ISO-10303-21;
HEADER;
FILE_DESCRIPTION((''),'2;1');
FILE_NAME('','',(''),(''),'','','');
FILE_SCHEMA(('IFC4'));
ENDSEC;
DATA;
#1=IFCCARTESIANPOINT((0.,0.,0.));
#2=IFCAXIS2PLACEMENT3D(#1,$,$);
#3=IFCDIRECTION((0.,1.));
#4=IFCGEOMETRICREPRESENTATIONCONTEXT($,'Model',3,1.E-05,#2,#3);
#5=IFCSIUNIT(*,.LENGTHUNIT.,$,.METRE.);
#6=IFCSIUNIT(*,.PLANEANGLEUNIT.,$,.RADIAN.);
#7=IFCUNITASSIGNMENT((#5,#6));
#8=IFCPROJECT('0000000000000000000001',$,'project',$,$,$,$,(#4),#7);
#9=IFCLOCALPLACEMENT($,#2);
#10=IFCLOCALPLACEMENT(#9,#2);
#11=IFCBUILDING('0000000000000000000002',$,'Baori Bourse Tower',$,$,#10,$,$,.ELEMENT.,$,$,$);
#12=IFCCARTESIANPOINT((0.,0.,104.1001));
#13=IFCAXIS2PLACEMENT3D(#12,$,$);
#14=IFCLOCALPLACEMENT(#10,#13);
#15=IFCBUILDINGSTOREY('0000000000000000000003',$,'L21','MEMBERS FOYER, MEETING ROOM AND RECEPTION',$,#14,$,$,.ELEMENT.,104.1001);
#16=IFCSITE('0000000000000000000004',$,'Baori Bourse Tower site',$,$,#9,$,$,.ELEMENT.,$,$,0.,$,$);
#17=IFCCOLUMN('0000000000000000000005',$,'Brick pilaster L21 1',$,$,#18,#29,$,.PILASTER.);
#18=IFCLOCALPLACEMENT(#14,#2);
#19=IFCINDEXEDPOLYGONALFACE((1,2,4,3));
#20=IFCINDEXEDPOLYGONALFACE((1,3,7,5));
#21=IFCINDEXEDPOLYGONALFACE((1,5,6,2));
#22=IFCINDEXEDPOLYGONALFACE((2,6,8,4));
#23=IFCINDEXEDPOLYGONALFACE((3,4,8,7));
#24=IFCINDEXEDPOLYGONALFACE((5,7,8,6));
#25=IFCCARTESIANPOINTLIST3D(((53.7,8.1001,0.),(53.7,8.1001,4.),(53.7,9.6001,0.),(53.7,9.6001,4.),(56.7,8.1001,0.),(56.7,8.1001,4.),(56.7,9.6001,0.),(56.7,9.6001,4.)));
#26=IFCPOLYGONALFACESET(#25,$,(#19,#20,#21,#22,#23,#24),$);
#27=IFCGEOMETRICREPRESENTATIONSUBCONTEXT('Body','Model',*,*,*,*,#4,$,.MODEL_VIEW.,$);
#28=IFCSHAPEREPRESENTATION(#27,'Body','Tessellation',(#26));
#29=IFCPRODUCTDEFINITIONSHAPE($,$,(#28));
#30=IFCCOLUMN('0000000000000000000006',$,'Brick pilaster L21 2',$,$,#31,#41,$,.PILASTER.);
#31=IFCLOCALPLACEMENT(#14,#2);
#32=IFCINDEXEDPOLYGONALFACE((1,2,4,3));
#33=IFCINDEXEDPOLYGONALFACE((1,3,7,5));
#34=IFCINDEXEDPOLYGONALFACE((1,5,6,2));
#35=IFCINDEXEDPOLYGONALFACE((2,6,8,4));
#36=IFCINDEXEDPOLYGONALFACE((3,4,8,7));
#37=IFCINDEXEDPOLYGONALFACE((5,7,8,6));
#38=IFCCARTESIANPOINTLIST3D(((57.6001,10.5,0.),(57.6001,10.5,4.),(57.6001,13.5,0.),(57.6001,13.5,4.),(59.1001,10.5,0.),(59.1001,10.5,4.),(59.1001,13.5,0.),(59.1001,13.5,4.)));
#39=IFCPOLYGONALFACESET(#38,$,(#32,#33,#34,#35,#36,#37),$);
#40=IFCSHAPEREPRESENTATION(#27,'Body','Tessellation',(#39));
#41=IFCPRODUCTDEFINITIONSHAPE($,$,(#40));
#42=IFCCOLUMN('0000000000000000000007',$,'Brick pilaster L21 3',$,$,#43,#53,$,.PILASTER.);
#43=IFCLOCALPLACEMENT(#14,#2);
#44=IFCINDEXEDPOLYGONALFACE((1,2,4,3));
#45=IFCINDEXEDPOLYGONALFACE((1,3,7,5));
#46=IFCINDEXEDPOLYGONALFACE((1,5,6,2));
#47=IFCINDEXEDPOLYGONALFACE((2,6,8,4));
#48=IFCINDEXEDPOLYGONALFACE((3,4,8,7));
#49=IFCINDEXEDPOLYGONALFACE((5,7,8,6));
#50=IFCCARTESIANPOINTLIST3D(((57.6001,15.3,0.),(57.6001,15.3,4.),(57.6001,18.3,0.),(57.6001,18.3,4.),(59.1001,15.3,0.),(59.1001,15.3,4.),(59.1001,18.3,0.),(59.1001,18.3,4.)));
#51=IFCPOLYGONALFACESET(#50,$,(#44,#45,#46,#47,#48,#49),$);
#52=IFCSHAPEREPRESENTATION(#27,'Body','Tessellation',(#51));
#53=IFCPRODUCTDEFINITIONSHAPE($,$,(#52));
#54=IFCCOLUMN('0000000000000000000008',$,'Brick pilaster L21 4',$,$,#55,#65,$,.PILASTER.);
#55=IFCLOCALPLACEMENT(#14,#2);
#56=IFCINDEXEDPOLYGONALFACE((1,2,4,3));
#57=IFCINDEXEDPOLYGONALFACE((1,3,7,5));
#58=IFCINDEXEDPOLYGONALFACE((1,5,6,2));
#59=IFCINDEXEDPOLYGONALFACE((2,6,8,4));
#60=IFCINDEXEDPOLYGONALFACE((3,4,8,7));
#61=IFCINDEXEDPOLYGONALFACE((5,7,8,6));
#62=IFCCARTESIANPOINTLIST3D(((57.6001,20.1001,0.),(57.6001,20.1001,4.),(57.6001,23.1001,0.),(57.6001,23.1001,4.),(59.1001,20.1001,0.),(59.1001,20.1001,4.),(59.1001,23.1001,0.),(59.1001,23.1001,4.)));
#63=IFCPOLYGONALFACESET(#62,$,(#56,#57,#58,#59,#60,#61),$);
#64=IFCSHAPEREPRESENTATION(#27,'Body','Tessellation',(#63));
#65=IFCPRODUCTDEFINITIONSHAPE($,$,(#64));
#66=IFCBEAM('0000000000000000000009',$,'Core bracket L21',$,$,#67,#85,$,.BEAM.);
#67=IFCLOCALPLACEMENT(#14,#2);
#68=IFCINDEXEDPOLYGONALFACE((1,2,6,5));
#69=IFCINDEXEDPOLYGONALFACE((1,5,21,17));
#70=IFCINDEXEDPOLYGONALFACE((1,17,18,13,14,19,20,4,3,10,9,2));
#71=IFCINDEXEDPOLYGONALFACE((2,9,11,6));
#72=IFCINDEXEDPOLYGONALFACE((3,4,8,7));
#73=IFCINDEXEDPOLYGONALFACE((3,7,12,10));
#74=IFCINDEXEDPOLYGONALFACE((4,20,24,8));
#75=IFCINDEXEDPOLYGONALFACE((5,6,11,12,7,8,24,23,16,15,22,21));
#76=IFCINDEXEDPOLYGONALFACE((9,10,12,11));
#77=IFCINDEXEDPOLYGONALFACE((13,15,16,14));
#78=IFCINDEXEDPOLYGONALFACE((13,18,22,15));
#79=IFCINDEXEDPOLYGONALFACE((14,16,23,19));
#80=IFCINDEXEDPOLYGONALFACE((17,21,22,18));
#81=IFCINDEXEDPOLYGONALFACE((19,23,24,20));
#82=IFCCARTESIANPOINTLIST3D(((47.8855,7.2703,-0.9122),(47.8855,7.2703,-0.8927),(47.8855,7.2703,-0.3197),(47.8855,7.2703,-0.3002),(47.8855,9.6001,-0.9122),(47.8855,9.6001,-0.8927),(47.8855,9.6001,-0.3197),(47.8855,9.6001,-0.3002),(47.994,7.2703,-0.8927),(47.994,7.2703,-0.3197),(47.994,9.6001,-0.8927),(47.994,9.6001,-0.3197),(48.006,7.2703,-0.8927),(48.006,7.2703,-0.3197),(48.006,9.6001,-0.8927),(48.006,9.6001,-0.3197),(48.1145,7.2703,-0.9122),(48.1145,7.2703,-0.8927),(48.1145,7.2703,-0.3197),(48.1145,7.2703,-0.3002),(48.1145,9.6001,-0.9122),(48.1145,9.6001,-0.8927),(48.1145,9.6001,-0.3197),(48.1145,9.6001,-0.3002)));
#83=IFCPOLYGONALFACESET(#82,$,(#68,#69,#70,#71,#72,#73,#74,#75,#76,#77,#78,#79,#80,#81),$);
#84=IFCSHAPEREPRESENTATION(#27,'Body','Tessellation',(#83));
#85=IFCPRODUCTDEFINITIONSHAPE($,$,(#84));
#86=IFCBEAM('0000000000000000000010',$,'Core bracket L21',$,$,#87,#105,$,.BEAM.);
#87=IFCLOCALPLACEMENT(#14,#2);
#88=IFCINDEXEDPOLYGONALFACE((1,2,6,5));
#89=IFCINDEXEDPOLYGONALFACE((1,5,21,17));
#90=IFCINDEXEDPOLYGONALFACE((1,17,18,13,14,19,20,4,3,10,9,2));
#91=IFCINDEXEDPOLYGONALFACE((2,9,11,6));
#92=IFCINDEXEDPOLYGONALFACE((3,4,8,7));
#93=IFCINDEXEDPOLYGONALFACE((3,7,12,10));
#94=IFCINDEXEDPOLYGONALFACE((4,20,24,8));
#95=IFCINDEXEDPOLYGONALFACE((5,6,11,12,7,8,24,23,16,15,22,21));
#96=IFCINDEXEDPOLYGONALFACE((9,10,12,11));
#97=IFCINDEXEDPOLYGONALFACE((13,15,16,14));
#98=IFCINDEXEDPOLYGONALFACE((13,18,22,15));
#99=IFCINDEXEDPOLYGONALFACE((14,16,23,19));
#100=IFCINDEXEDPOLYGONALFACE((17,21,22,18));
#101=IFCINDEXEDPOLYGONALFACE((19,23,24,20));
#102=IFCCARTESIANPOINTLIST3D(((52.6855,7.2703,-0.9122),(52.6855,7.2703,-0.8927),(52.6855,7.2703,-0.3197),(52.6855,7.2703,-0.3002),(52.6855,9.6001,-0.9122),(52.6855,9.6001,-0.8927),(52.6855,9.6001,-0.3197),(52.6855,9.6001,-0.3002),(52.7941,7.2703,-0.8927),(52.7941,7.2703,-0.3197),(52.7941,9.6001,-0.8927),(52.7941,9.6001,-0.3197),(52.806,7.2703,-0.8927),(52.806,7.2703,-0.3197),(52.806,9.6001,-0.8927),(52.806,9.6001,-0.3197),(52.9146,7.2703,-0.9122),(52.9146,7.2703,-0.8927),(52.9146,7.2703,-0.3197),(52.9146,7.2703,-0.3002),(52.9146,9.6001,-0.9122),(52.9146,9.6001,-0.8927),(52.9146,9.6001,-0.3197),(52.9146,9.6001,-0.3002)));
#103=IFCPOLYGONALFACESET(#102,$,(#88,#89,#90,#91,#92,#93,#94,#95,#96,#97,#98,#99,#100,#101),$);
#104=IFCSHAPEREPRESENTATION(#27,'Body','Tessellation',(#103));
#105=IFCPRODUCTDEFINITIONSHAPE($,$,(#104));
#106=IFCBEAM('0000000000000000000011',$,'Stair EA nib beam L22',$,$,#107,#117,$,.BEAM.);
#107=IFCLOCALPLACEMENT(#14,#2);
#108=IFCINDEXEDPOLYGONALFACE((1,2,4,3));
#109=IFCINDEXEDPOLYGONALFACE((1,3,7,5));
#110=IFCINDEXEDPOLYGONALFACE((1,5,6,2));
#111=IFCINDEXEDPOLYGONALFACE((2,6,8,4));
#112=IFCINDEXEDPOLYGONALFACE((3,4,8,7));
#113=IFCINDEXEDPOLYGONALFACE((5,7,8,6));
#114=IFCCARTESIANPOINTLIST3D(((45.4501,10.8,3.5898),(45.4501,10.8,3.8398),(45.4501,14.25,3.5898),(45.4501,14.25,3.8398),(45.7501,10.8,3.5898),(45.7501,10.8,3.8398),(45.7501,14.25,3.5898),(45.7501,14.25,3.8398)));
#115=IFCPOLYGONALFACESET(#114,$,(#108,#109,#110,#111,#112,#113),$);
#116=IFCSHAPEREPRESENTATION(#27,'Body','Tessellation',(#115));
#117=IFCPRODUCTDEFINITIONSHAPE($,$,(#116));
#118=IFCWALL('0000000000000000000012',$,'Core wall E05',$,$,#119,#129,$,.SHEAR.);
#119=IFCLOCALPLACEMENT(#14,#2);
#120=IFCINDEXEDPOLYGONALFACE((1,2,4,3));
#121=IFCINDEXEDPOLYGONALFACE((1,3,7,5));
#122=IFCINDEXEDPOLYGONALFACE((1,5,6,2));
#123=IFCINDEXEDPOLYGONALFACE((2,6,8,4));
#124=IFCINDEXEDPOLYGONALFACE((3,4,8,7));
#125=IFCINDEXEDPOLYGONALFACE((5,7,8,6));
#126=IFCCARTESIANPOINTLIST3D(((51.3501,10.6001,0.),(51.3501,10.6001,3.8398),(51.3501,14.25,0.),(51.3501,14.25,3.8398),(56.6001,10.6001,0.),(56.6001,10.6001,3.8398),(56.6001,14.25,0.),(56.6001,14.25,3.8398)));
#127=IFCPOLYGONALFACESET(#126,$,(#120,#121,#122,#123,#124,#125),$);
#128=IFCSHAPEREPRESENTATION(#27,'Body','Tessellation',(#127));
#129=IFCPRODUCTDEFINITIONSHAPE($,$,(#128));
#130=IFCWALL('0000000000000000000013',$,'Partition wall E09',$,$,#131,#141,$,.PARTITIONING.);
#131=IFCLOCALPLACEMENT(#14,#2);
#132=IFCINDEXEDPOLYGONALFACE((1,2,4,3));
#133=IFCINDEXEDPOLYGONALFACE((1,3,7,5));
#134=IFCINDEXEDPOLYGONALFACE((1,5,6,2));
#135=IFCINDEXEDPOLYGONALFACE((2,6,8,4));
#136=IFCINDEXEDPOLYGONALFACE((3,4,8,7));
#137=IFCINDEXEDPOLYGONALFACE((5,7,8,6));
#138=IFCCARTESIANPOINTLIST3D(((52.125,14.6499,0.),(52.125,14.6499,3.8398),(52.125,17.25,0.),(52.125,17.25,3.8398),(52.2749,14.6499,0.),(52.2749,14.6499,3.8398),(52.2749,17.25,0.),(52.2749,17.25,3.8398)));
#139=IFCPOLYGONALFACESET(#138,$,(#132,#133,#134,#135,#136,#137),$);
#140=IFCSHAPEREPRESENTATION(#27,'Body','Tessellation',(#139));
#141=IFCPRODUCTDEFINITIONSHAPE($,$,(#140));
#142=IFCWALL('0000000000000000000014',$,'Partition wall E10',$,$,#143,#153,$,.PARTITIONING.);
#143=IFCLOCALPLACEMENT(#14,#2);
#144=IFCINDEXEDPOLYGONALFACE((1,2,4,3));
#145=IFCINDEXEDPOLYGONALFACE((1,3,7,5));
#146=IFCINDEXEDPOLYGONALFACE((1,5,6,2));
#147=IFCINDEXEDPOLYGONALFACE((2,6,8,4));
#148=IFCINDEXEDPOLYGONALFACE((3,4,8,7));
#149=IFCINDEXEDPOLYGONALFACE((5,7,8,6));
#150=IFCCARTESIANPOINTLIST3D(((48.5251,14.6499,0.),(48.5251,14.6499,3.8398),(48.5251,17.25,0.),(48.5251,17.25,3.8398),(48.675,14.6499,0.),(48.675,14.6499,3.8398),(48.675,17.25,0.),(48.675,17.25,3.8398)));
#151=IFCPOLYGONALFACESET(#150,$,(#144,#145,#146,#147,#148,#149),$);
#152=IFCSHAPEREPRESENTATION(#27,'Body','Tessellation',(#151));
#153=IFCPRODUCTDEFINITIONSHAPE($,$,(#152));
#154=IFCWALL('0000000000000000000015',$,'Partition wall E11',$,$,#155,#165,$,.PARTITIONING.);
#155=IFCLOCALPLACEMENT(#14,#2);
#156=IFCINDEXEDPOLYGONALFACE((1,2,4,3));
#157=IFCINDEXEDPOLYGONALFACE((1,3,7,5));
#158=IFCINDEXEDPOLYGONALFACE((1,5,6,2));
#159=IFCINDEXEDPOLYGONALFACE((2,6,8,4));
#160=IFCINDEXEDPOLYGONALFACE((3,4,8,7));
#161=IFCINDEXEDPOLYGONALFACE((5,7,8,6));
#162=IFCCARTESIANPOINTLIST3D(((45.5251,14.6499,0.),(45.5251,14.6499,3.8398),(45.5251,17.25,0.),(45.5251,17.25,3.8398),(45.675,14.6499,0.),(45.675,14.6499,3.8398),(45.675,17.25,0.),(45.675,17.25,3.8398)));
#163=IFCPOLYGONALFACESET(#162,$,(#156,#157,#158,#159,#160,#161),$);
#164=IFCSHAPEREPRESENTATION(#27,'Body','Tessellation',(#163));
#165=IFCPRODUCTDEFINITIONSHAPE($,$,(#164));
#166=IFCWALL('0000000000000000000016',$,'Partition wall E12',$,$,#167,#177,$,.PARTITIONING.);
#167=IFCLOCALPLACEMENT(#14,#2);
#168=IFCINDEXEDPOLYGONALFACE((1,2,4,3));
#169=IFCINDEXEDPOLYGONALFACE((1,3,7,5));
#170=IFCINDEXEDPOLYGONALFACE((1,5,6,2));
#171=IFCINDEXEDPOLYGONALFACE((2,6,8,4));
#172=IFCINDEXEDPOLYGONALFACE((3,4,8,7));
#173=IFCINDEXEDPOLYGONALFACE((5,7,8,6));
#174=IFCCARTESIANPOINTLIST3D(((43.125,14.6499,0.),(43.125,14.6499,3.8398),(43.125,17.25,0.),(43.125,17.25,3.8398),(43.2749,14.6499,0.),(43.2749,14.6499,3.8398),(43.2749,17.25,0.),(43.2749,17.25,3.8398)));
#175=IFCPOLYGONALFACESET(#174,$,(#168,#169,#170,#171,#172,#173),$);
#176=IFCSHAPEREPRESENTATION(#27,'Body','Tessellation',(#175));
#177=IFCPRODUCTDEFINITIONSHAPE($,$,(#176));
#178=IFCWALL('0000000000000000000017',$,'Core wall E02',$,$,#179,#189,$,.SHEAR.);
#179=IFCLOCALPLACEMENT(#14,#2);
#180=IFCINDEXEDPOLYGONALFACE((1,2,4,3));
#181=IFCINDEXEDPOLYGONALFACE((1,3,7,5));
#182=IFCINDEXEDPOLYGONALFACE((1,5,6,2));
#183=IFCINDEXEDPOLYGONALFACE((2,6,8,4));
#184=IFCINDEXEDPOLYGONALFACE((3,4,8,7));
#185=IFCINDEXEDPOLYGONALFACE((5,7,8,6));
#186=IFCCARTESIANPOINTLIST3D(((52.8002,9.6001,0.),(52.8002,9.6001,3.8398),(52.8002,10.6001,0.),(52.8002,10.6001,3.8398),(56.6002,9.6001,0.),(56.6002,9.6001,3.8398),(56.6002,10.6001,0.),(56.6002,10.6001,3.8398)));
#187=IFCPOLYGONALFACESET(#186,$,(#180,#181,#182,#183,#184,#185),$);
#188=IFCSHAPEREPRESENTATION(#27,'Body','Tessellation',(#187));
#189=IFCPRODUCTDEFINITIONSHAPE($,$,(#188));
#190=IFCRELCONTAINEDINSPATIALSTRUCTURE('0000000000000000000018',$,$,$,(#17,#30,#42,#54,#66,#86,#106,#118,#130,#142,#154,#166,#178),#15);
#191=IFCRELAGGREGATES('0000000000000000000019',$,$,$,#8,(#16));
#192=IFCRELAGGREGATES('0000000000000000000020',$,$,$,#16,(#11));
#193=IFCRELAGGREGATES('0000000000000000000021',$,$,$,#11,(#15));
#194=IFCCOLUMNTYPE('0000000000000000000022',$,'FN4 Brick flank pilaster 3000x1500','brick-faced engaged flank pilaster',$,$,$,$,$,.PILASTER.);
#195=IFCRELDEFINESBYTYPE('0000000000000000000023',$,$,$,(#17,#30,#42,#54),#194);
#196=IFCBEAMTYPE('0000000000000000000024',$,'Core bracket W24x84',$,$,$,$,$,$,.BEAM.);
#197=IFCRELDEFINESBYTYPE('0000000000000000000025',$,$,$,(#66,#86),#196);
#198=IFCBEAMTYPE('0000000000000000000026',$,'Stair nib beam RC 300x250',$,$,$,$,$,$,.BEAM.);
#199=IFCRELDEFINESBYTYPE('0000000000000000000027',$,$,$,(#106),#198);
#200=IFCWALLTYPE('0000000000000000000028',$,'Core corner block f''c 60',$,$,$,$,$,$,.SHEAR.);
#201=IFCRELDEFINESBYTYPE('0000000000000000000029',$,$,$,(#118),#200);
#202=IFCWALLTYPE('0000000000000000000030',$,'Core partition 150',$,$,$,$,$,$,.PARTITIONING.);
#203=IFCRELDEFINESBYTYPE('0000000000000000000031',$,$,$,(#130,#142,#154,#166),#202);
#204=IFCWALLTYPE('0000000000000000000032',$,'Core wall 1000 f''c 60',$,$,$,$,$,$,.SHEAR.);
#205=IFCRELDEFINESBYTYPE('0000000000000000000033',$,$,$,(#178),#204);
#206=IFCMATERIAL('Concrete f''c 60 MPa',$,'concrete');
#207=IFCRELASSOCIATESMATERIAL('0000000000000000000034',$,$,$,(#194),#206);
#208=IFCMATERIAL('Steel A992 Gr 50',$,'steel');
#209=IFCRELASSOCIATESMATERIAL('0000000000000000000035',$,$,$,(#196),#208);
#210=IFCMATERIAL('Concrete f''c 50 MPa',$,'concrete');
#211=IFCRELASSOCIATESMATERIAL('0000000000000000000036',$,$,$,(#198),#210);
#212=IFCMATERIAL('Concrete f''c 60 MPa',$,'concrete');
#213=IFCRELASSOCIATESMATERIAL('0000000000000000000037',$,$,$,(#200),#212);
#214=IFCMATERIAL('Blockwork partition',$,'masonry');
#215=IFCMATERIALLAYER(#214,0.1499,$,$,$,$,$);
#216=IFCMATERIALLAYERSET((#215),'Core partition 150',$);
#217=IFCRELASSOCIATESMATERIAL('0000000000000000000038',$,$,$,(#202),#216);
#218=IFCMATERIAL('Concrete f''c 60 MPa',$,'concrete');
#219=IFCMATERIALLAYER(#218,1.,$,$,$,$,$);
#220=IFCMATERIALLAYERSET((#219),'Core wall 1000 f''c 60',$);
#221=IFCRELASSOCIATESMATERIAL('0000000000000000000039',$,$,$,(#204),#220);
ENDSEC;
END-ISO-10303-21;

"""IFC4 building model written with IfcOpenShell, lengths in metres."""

from ifc_helpers import new_model, si_unit, direction, frame, frame_2d, origin, origin_2d, place, context, subcontext, project, spatial, rectangle, i_section, extrude, material, layer, layer_set, material_profile, profile_set, type_object, element, save


model = new_model("IFC4")

# Units and contexts
model_context = context("Model", 3, precision=1e-05, world=origin(), true_north=direction((0.0, 1.0)))
body_context = subcontext(model_context, "Body", "Model", "MODEL_VIEW")
ifc_project = project(units=[si_unit("LENGTHUNIT", "METRE"), si_unit("PLANEANGLEUNIT", "RADIAN")], contexts=[model_context])

# Site, building, storey
site_placement = place(None, origin())
site = spatial("IfcSite", under=ifc_project, at=site_placement, Name="Baori Bourse Tower site", CompositionType="ELEMENT", RefElevation=0.0)
building_placement = place(site_placement, origin())
building = spatial("IfcBuilding", under=site, at=building_placement, Name="Baori Bourse Tower", CompositionType="ELEMENT")
storey_placement = place(building_placement, frame((0.0, 0.0, 104.1001)))
storey = spatial("IfcBuildingStorey", under=building, at=storey_placement, Name="L21", Description="MEMBERS FOYER, MEETING ROOM AND RECEPTION", CompositionType="ELEMENT", Elevation=104.1001)

# Columns
ifc_material_1 = material(Name="Concrete f'c 60 MPa", Category="concrete")
ifc_material_profile_1 = material_profile(ifc_material_1, rectangle(XDim=3.0, YDim=1.5, at=origin_2d()), Name="RC 3000x1500")
ifc_profile_set_1 = profile_set([ifc_material_profile_1], Name="Concrete f'c 60 MPa")
column_type = type_object("IfcColumnType", Name="FN4 Brick flank pilaster 3000x1500", Description="brick-faced engaged flank pilaster", PredefinedType="PILASTER", material=ifc_profile_set_1)
for number, where, z_axis, x_axis, name in (
    (1, (55.2, 8.8501, 0.0), (0.0, 0.0, 1.0), (1.0, 0.0, 0.0), "Brick pilaster L21 1"),
    (2, (58.3501, 12.0, 0.0), (0.0, 0.0, 1.0), (0.0, 1.0, 0.0), "Brick pilaster L21 2"),
    (3, (58.3501, 16.8, 0.0), (0.0, 0.0, 1.0), (0.0, 1.0, 0.0), "Brick pilaster L21 3"),
    (4, (58.3501, 21.6001, 0.0), (0.0, 0.0, 1.0), (0.0, 1.0, 0.0), "Brick pilaster L21 4"),
):
    element("IfcColumn", number, at=place(storey_placement, frame(where, z_axis=z_axis, x_axis=x_axis)), inside=storey, type_object=column_type, Name=name, PredefinedType="PILASTER", context=body_context, shape_type="SweptSolid", body=[
        extrude(rectangle(XDim=3.0, YDim=1.5, at=origin_2d()), origin(), (0.0, 0.0, 1.0), 4.0),
    ])

# Beams
ifc_material_2 = material(Name="Steel A992 Gr 50", Category="steel")
ifc_material_profile_2 = material_profile(ifc_material_2, i_section(OverallWidth=0.229, OverallDepth=0.6121, WebThickness=0.012, FlangeThickness=0.0195, at=origin_2d()), Name="W24x84")
ifc_profile_set_2 = profile_set([ifc_material_profile_2], Name="Steel A992 Gr 50")
beam_type_1 = type_object("IfcBeamType", Name="Core bracket W24x84", PredefinedType="BEAM", material=ifc_profile_set_2)
for number, where, z_axis, x_axis, name in (
    (5, (48.0, 7.2703, -0.6062), (0.0, 1.0, 0.0), (-1.0, 0.0, 0.0), "Core bracket L21"),
    (6, (52.8, 7.2703, -0.6062), (0.0, 1.0, 0.0), (-1.0, 0.0, 0.0), "Core bracket L21"),
):
    element("IfcBeam", number, at=place(storey_placement, frame(where, z_axis=z_axis, x_axis=x_axis)), inside=storey, type_object=beam_type_1, Name=name, PredefinedType="BEAM", context=body_context, shape_type="SweptSolid", body=[
        extrude(i_section(OverallWidth=0.229, OverallDepth=0.6121, WebThickness=0.012, FlangeThickness=0.0195, at=origin_2d()), origin(), (0.0, 0.0, 1.0), 2.3298),
    ])
ifc_material_3 = material(Name="Concrete f'c 50 MPa", Category="concrete")
ifc_material_profile_3 = material_profile(ifc_material_3, rectangle(XDim=0.3, YDim=0.25, at=origin_2d()), Name="RC 300x250")
ifc_profile_set_3 = profile_set([ifc_material_profile_3], Name="Concrete f'c 50 MPa")
beam_type_2 = type_object("IfcBeamType", Name="Stair nib beam RC 300x250", PredefinedType="BEAM", material=ifc_profile_set_3)
beam_placement = place(storey_placement, frame((45.6001, 10.8, 3.7148), z_axis=(0.0, 1.0, 0.0), x_axis=(-1.0, 0.0, 0.0)))
element("IfcBeam", 7, at=beam_placement, inside=storey, type_object=beam_type_2, Name="Stair EA nib beam L22", PredefinedType="BEAM", context=body_context, shape_type="SweptSolid", body=[
    extrude(rectangle(XDim=0.3, YDim=0.25, at=origin_2d()), origin(), (0.0, 0.0, 1.0), 3.45),
])

# Walls
ifc_material_4 = material(Name="Concrete f'c 60 MPa", Category="concrete")
wall_type_1 = type_object("IfcWallType", Name="Core corner block f'c 60", PredefinedType="SHEAR", material=ifc_material_4)
wall_1_placement = place(storey_placement, frame((51.3501, 12.425, 0.0), z_axis=(0.0, 0.0, 1.0), x_axis=(1.0, 0.0, 0.0)))
element("IfcWall", 8, at=wall_1_placement, inside=storey, type_object=wall_type_1, Name="Core wall E05", PredefinedType="SHEAR", context=body_context, shape_type="SweptSolid", body=[
    extrude(rectangle(XDim=5.25, YDim=3.6499, at=frame_2d((2.625, 0.0))), origin(), (0.0, 0.0, 1.0), 3.8398),
])
ifc_material_5 = material(Name="Blockwork partition", Category="masonry")
ifc_layer_1 = layer(ifc_material_5, 0.1499)
ifc_layer_set_1 = layer_set([ifc_layer_1], Name="Core partition 150")
wall_type_2 = type_object("IfcWallType", Name="Core partition 150", PredefinedType="PARTITIONING", material=ifc_layer_set_1)
for number, where, z_axis, x_axis, name in (
    (9, (52.2, 14.6499, 0.0), (0.0, 0.0, 1.0), (0.0, 1.0, 0.0), "Partition wall E09"),
    (10, (48.6001, 14.6499, 0.0), (0.0, 0.0, 1.0), (0.0, 1.0, 0.0), "Partition wall E10"),
    (11, (45.6001, 14.6499, 0.0), (0.0, 0.0, 1.0), (0.0, 1.0, 0.0), "Partition wall E11"),
    (12, (43.2, 14.6499, 0.0), (0.0, 0.0, 1.0), (0.0, 1.0, 0.0), "Partition wall E12"),
):
    element("IfcWall", number, at=place(storey_placement, frame(where, z_axis=z_axis, x_axis=x_axis)), inside=storey, type_object=wall_type_2, Name=name, PredefinedType="PARTITIONING", context=body_context, shape_type="SweptSolid", body=[
        extrude(rectangle(XDim=2.6001, YDim=0.1499, at=frame_2d((1.3, 0.0))), origin(), (0.0, 0.0, 1.0), 3.8398),
    ])
ifc_material_6 = material(Name="Concrete f'c 60 MPa", Category="concrete")
ifc_layer_2 = layer(ifc_material_6, 1.0)
ifc_layer_set_2 = layer_set([ifc_layer_2], Name="Core wall 1000 f'c 60")
wall_type_3 = type_object("IfcWallType", Name="Core wall 1000 f'c 60", PredefinedType="SHEAR", material=ifc_layer_set_2)
wall_2_placement = place(storey_placement, frame((56.6001, 10.1001, 0.0), z_axis=(0.0, 0.0, 1.0), x_axis=(-1.0, 0.0, 0.0)))
element("IfcWall", 13, at=wall_2_placement, inside=storey, type_object=wall_type_3, Name="Core wall E02", PredefinedType="SHEAR", context=body_context, shape_type="SweptSolid", body=[
    extrude(rectangle(XDim=3.8, YDim=1.0, at=frame_2d((1.8999, 0.0))), origin(), (0.0, 0.0, 1.0), 3.8398),
])

save(model, "model.ifc")
